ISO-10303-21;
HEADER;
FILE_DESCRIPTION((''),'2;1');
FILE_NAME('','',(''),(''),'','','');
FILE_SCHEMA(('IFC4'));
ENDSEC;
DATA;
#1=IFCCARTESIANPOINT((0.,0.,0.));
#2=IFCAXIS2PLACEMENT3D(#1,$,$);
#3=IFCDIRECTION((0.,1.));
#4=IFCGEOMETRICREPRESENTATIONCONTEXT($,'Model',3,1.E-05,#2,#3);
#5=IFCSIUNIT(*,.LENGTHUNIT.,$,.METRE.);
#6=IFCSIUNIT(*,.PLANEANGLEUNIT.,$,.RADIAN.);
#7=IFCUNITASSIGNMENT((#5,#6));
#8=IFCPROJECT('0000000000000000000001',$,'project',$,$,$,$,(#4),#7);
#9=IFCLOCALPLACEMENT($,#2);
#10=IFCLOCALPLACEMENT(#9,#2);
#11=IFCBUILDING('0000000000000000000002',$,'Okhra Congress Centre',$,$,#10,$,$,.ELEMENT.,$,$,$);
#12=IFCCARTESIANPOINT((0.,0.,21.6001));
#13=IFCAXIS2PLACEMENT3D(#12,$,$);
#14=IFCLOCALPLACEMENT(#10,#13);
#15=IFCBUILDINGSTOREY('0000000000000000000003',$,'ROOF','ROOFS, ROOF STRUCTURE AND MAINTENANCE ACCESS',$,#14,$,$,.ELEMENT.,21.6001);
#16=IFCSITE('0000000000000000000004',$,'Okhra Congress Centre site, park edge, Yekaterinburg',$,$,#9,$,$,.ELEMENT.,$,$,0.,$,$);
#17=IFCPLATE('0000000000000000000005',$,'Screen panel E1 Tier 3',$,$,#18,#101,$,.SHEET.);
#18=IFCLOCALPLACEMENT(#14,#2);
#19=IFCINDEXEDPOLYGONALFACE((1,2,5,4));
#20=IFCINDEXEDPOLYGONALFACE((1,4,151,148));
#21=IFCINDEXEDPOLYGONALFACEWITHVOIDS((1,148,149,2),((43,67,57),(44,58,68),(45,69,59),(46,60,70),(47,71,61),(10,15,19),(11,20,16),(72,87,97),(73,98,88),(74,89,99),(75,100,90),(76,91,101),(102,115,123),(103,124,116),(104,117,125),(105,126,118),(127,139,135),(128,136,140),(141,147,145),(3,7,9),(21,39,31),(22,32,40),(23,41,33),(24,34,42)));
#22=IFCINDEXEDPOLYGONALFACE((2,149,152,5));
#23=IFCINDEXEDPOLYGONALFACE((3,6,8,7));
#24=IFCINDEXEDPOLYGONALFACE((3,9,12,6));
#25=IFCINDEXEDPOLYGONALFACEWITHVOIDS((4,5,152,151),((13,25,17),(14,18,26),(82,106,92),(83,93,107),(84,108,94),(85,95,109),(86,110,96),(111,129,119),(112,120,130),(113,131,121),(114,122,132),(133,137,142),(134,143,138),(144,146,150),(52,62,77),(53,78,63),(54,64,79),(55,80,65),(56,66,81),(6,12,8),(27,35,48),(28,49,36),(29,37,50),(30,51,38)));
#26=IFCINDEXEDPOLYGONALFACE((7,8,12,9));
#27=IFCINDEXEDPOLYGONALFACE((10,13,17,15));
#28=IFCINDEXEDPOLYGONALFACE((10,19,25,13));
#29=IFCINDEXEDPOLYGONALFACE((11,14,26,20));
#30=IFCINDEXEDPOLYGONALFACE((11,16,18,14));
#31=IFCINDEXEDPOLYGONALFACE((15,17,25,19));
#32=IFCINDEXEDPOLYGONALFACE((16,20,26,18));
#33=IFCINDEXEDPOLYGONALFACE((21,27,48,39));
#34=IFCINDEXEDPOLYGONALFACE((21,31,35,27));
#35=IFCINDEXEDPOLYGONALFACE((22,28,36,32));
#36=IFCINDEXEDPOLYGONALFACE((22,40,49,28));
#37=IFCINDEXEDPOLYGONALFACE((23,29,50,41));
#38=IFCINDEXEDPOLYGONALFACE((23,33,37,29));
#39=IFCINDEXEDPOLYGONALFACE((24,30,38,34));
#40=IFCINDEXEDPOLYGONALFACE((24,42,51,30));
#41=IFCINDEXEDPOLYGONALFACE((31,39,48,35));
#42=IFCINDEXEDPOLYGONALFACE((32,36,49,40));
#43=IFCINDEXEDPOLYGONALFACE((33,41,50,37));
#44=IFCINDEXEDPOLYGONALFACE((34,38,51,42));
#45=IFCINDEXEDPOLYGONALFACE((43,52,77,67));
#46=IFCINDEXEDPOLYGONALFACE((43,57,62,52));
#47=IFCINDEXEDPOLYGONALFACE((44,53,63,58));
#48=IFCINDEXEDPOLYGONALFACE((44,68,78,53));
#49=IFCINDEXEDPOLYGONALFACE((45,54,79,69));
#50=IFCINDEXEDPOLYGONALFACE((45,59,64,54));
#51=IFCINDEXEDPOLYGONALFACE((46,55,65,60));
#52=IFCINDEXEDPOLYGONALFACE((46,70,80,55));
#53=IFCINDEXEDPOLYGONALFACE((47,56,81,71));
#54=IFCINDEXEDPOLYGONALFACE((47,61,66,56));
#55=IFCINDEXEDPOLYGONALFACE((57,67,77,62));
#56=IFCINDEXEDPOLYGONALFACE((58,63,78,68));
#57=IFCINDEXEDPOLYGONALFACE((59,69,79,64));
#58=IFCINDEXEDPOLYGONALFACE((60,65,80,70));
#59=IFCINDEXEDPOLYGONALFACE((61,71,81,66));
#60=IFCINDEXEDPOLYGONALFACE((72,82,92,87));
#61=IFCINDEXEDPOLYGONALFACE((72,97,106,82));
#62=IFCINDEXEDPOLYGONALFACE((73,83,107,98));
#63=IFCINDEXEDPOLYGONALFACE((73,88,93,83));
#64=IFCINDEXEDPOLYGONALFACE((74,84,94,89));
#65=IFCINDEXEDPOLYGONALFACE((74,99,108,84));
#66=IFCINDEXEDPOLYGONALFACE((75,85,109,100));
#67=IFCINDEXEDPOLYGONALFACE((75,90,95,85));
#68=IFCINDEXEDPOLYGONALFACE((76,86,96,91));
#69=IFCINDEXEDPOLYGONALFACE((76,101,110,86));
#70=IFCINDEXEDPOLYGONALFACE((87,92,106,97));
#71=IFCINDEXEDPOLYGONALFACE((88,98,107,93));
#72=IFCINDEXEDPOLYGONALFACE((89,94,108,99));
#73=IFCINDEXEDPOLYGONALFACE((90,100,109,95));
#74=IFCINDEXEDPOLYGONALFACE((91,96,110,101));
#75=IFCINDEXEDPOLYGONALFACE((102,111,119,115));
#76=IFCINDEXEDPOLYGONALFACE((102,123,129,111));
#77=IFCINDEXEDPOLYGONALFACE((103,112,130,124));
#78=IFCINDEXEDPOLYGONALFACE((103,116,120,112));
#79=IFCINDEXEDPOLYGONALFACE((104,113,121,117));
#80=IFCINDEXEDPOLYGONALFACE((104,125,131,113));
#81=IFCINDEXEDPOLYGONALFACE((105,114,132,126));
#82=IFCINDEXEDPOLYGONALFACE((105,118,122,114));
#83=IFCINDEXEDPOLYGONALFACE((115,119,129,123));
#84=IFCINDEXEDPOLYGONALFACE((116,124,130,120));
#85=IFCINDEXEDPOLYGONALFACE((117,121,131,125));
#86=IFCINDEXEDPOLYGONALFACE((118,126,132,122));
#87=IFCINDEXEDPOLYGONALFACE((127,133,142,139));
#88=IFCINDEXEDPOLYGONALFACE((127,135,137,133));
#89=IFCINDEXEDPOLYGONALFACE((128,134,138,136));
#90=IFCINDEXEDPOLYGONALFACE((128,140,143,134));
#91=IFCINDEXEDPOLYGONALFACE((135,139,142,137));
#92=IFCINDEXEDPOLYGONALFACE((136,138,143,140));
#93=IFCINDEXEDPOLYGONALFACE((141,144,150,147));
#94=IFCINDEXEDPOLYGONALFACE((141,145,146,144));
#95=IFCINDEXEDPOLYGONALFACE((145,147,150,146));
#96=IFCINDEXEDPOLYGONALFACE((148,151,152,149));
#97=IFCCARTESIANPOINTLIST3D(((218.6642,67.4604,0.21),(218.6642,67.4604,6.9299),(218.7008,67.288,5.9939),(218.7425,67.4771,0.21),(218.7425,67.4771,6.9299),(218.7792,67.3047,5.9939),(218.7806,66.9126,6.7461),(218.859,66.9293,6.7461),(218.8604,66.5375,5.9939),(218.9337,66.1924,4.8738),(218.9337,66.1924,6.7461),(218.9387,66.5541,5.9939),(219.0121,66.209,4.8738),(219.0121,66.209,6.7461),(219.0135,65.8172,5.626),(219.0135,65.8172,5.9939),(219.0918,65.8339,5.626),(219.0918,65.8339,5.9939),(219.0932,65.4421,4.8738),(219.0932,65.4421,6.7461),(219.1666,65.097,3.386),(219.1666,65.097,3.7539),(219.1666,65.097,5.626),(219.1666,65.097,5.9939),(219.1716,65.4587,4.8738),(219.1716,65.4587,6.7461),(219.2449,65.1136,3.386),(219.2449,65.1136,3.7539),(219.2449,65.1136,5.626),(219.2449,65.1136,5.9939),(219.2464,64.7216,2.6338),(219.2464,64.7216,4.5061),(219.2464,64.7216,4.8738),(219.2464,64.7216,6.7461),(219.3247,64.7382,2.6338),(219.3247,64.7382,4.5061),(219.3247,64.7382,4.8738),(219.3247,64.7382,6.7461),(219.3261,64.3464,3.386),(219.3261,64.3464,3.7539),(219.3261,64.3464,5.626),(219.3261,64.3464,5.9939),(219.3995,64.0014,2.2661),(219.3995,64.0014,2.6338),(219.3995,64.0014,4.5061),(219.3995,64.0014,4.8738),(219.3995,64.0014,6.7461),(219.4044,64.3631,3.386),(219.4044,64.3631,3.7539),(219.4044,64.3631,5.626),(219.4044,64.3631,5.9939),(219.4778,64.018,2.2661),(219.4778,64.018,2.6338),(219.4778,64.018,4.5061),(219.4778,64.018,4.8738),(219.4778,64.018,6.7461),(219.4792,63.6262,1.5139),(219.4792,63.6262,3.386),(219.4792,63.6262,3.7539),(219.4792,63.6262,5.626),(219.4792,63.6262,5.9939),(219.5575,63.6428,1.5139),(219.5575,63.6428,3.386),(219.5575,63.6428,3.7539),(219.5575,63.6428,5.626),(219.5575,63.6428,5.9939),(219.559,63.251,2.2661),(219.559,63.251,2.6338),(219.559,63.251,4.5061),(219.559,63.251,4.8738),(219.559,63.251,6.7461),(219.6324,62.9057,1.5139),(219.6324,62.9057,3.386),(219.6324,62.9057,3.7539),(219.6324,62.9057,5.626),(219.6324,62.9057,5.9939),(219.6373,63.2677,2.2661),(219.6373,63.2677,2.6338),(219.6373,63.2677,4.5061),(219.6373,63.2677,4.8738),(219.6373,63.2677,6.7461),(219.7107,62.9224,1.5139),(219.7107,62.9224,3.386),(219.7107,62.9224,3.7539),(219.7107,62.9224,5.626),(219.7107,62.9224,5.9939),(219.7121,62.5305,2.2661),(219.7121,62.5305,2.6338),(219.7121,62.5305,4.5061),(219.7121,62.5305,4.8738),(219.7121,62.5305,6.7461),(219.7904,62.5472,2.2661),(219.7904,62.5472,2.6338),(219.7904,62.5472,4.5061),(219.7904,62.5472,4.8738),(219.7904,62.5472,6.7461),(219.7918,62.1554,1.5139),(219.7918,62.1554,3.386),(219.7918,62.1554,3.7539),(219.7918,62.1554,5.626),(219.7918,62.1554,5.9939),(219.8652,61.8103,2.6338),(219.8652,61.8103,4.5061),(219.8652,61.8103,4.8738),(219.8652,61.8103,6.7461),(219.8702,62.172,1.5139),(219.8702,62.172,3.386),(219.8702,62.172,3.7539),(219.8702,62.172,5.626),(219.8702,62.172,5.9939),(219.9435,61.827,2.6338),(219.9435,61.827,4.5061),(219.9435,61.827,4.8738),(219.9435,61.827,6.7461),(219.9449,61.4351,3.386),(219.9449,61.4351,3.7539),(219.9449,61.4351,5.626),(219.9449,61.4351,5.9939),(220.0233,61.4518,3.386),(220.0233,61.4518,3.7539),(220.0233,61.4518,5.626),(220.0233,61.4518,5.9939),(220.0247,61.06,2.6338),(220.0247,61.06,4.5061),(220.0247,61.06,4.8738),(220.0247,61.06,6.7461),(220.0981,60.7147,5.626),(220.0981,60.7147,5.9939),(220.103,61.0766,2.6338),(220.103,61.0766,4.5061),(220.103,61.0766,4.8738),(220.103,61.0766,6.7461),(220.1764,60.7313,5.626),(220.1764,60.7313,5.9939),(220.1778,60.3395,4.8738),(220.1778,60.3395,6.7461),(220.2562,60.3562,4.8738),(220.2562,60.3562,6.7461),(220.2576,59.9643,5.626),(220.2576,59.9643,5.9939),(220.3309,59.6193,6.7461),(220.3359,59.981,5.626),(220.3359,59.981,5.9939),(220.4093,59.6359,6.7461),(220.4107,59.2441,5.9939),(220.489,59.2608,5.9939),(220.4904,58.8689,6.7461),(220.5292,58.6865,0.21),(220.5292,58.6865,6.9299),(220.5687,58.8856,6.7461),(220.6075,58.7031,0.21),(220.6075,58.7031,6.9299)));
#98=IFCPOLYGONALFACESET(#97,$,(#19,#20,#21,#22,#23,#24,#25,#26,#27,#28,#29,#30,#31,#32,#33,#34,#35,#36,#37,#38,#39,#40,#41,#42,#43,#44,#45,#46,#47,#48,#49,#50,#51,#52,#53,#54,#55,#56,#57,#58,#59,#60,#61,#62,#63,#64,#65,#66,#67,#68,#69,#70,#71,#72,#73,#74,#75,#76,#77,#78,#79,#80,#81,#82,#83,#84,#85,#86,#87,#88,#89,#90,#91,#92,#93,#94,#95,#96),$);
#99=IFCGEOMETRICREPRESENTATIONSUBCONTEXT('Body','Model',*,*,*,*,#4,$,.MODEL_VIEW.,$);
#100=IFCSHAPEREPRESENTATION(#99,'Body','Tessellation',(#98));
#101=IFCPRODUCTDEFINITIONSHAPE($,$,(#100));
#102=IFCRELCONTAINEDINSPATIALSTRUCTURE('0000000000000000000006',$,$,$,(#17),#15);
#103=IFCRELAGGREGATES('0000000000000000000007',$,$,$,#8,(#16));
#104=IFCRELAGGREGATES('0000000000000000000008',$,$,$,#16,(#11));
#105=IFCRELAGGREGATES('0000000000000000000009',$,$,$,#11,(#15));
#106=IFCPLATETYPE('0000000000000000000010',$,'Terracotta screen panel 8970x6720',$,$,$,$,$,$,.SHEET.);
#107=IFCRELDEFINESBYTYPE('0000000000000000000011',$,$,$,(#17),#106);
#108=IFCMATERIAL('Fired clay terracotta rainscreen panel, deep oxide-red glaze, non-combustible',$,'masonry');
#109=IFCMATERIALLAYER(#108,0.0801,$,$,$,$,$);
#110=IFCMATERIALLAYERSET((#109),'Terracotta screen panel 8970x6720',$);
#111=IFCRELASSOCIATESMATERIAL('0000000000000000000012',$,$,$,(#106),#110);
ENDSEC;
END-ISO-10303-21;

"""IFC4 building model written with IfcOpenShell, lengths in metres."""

from ifc_helpers import new_model, si_unit, direction, frame, origin, place, context, subcontext, project, spatial, polyline, outline, extrude, material, layer, layer_set, type_object, element, save


model = new_model("IFC4")

# Units and contexts
model_context = context("Model", 3, precision=1e-05, world=origin(), true_north=direction((0.0, 1.0)))
body_context = subcontext(model_context, "Body", "Model", "MODEL_VIEW")
ifc_project = project(units=[si_unit("LENGTHUNIT", "METRE"), si_unit("PLANEANGLEUNIT", "RADIAN")], contexts=[model_context])

# Site, building, storey
site_placement = place(None, origin())
site = spatial("IfcSite", under=ifc_project, at=site_placement, Name="Okhra Congress Centre site, park edge, Yekaterinburg", CompositionType="ELEMENT", RefElevation=0.0)
building_placement = place(site_placement, origin())
building = spatial("IfcBuilding", under=site, at=building_placement, Name="Okhra Congress Centre", CompositionType="ELEMENT")
storey_placement = place(building_placement, frame((0.0, 0.0, 21.6001)))
storey = spatial("IfcBuildingStorey", under=building, at=storey_placement, Name="ROOF", Description="ROOFS, ROOF STRUCTURE AND MAINTENANCE ACCESS", CompositionType="ELEMENT", Elevation=21.6001)

# Plate
ifc_material_1 = material(Name="Fired clay terracotta rainscreen panel, deep oxide-red glaze, non-combustible", Category="masonry")
ifc_layer_1 = layer(ifc_material_1, 0.0801)
ifc_layer_set_1 = layer_set([ifc_layer_1], Name="Terracotta screen panel 8970x6720")
plate_type_1 = type_object("IfcPlateType", Name="Terracotta screen panel 8970x6720", PredefinedType="SHEET", material=ifc_layer_set_1)
plate_1_placement = place(storey_placement, frame((220.5684, 58.6948, 0.21), z_axis=(0.0, 0.0, 1.0), x_axis=(-0.207915, 0.978147, 0.0)))
element("IfcPlate", 1, at=plate_1_placement, inside=storey, type_object=plate_type_1, Name="Screen panel E1 Tier 3", PredefinedType="SHEET", context=body_context, shape_type="SweptSolid", body=[
    extrude(outline(polyline([(0.0, 0.0), (8.97, 0.0), (8.97, 6.72), (0.0, 6.72), (0.0, 0.0)]), holes=[polyline([(3.5464, 1.304), (4.3135, 1.304), (3.9299, 2.0562), (3.5464, 1.304)]), polyline([(4.6665, 2.0562), (5.05, 1.304), (5.4336, 2.0562), (4.6665, 2.0562)]), polyline([(2.4265, 2.4238), (3.1936, 2.4238), (2.8101, 3.176), (2.4265, 2.4238)]), polyline([(3.5464, 3.176), (3.9299, 2.4238), (4.3135, 3.176), (3.5464, 3.176)]), polyline([(4.6665, 2.4238), (5.4336, 2.4238), (5.05, 3.176), (4.6665, 2.4238)]), polyline([(5.7864, 3.176), (6.1699, 2.4238), (6.5537, 3.176), (5.7864, 3.176)]), polyline([(2.4265, 4.2961), (2.8101, 3.5439), (3.1936, 4.2961), (2.4265, 4.2961)]), polyline([(3.5464, 3.5439), (4.3135, 3.5439), (3.9299, 4.2961), (3.5464, 3.5439)]), polyline([(4.6665, 4.2961), (5.05, 3.5439), (5.4336, 4.2961), (4.6665, 4.2961)]), polyline([(5.7864, 3.5439), (6.5537, 3.5439), (6.1699, 4.2961), (5.7864, 3.5439)]), polyline([(1.3064, 5.416), (1.6899, 4.6638), (2.0735, 5.416), (1.3064, 5.416)]), polyline([(2.4265, 4.6638), (3.1936, 4.6638), (2.8101, 5.416), (2.4265, 4.6638)]), polyline([(3.5464, 5.416), (3.9299, 4.6638), (4.3135, 5.416), (3.5464, 5.416)]), polyline([(4.6665, 4.6638), (5.4336, 4.6638), (5.05, 5.416), (4.6665, 4.6638)]), polyline([(5.7864, 5.416), (6.1699, 4.6638), (6.5537, 5.416), (5.7864, 5.416)]), polyline([(6.9065, 4.6638), (7.6736, 4.6638), (7.29, 5.416), (6.9065, 4.6638)]), polyline([(0.1865, 6.5361), (0.5701, 5.7839), (0.9536, 6.5361), (0.1865, 6.5361)]), polyline([(1.3064, 5.7839), (2.0735, 5.7839), (1.6899, 6.5361), (1.3064, 5.7839)]), polyline([(2.4265, 6.5361), (2.8101, 5.7839), (3.1936, 6.5361), (2.4265, 6.5361)]), polyline([(3.5464, 5.7839), (4.3135, 5.7839), (3.9299, 6.5361), (3.5464, 5.7839)]), polyline([(4.6665, 6.5361), (5.05, 5.7839), (5.4336, 6.5361), (4.6665, 6.5361)]), polyline([(5.7864, 5.7839), (6.5537, 5.7839), (6.1699, 6.5361), (5.7864, 5.7839)]), polyline([(6.9065, 6.5361), (7.29, 5.7839), (7.6736, 6.5361), (6.9065, 6.5361)]), polyline([(8.0264, 5.7839), (8.7937, 5.7839), (8.4099, 6.5361), (8.0264, 5.7839)])]), frame((0.0, 0.04, 0.0), z_axis=(0.0, -1.0, 0.0), x_axis=(1.0, 0.0, 0.0)), (0.0, 0.0, 1.0), 0.0801),
])

save(model, "model.ifc")
